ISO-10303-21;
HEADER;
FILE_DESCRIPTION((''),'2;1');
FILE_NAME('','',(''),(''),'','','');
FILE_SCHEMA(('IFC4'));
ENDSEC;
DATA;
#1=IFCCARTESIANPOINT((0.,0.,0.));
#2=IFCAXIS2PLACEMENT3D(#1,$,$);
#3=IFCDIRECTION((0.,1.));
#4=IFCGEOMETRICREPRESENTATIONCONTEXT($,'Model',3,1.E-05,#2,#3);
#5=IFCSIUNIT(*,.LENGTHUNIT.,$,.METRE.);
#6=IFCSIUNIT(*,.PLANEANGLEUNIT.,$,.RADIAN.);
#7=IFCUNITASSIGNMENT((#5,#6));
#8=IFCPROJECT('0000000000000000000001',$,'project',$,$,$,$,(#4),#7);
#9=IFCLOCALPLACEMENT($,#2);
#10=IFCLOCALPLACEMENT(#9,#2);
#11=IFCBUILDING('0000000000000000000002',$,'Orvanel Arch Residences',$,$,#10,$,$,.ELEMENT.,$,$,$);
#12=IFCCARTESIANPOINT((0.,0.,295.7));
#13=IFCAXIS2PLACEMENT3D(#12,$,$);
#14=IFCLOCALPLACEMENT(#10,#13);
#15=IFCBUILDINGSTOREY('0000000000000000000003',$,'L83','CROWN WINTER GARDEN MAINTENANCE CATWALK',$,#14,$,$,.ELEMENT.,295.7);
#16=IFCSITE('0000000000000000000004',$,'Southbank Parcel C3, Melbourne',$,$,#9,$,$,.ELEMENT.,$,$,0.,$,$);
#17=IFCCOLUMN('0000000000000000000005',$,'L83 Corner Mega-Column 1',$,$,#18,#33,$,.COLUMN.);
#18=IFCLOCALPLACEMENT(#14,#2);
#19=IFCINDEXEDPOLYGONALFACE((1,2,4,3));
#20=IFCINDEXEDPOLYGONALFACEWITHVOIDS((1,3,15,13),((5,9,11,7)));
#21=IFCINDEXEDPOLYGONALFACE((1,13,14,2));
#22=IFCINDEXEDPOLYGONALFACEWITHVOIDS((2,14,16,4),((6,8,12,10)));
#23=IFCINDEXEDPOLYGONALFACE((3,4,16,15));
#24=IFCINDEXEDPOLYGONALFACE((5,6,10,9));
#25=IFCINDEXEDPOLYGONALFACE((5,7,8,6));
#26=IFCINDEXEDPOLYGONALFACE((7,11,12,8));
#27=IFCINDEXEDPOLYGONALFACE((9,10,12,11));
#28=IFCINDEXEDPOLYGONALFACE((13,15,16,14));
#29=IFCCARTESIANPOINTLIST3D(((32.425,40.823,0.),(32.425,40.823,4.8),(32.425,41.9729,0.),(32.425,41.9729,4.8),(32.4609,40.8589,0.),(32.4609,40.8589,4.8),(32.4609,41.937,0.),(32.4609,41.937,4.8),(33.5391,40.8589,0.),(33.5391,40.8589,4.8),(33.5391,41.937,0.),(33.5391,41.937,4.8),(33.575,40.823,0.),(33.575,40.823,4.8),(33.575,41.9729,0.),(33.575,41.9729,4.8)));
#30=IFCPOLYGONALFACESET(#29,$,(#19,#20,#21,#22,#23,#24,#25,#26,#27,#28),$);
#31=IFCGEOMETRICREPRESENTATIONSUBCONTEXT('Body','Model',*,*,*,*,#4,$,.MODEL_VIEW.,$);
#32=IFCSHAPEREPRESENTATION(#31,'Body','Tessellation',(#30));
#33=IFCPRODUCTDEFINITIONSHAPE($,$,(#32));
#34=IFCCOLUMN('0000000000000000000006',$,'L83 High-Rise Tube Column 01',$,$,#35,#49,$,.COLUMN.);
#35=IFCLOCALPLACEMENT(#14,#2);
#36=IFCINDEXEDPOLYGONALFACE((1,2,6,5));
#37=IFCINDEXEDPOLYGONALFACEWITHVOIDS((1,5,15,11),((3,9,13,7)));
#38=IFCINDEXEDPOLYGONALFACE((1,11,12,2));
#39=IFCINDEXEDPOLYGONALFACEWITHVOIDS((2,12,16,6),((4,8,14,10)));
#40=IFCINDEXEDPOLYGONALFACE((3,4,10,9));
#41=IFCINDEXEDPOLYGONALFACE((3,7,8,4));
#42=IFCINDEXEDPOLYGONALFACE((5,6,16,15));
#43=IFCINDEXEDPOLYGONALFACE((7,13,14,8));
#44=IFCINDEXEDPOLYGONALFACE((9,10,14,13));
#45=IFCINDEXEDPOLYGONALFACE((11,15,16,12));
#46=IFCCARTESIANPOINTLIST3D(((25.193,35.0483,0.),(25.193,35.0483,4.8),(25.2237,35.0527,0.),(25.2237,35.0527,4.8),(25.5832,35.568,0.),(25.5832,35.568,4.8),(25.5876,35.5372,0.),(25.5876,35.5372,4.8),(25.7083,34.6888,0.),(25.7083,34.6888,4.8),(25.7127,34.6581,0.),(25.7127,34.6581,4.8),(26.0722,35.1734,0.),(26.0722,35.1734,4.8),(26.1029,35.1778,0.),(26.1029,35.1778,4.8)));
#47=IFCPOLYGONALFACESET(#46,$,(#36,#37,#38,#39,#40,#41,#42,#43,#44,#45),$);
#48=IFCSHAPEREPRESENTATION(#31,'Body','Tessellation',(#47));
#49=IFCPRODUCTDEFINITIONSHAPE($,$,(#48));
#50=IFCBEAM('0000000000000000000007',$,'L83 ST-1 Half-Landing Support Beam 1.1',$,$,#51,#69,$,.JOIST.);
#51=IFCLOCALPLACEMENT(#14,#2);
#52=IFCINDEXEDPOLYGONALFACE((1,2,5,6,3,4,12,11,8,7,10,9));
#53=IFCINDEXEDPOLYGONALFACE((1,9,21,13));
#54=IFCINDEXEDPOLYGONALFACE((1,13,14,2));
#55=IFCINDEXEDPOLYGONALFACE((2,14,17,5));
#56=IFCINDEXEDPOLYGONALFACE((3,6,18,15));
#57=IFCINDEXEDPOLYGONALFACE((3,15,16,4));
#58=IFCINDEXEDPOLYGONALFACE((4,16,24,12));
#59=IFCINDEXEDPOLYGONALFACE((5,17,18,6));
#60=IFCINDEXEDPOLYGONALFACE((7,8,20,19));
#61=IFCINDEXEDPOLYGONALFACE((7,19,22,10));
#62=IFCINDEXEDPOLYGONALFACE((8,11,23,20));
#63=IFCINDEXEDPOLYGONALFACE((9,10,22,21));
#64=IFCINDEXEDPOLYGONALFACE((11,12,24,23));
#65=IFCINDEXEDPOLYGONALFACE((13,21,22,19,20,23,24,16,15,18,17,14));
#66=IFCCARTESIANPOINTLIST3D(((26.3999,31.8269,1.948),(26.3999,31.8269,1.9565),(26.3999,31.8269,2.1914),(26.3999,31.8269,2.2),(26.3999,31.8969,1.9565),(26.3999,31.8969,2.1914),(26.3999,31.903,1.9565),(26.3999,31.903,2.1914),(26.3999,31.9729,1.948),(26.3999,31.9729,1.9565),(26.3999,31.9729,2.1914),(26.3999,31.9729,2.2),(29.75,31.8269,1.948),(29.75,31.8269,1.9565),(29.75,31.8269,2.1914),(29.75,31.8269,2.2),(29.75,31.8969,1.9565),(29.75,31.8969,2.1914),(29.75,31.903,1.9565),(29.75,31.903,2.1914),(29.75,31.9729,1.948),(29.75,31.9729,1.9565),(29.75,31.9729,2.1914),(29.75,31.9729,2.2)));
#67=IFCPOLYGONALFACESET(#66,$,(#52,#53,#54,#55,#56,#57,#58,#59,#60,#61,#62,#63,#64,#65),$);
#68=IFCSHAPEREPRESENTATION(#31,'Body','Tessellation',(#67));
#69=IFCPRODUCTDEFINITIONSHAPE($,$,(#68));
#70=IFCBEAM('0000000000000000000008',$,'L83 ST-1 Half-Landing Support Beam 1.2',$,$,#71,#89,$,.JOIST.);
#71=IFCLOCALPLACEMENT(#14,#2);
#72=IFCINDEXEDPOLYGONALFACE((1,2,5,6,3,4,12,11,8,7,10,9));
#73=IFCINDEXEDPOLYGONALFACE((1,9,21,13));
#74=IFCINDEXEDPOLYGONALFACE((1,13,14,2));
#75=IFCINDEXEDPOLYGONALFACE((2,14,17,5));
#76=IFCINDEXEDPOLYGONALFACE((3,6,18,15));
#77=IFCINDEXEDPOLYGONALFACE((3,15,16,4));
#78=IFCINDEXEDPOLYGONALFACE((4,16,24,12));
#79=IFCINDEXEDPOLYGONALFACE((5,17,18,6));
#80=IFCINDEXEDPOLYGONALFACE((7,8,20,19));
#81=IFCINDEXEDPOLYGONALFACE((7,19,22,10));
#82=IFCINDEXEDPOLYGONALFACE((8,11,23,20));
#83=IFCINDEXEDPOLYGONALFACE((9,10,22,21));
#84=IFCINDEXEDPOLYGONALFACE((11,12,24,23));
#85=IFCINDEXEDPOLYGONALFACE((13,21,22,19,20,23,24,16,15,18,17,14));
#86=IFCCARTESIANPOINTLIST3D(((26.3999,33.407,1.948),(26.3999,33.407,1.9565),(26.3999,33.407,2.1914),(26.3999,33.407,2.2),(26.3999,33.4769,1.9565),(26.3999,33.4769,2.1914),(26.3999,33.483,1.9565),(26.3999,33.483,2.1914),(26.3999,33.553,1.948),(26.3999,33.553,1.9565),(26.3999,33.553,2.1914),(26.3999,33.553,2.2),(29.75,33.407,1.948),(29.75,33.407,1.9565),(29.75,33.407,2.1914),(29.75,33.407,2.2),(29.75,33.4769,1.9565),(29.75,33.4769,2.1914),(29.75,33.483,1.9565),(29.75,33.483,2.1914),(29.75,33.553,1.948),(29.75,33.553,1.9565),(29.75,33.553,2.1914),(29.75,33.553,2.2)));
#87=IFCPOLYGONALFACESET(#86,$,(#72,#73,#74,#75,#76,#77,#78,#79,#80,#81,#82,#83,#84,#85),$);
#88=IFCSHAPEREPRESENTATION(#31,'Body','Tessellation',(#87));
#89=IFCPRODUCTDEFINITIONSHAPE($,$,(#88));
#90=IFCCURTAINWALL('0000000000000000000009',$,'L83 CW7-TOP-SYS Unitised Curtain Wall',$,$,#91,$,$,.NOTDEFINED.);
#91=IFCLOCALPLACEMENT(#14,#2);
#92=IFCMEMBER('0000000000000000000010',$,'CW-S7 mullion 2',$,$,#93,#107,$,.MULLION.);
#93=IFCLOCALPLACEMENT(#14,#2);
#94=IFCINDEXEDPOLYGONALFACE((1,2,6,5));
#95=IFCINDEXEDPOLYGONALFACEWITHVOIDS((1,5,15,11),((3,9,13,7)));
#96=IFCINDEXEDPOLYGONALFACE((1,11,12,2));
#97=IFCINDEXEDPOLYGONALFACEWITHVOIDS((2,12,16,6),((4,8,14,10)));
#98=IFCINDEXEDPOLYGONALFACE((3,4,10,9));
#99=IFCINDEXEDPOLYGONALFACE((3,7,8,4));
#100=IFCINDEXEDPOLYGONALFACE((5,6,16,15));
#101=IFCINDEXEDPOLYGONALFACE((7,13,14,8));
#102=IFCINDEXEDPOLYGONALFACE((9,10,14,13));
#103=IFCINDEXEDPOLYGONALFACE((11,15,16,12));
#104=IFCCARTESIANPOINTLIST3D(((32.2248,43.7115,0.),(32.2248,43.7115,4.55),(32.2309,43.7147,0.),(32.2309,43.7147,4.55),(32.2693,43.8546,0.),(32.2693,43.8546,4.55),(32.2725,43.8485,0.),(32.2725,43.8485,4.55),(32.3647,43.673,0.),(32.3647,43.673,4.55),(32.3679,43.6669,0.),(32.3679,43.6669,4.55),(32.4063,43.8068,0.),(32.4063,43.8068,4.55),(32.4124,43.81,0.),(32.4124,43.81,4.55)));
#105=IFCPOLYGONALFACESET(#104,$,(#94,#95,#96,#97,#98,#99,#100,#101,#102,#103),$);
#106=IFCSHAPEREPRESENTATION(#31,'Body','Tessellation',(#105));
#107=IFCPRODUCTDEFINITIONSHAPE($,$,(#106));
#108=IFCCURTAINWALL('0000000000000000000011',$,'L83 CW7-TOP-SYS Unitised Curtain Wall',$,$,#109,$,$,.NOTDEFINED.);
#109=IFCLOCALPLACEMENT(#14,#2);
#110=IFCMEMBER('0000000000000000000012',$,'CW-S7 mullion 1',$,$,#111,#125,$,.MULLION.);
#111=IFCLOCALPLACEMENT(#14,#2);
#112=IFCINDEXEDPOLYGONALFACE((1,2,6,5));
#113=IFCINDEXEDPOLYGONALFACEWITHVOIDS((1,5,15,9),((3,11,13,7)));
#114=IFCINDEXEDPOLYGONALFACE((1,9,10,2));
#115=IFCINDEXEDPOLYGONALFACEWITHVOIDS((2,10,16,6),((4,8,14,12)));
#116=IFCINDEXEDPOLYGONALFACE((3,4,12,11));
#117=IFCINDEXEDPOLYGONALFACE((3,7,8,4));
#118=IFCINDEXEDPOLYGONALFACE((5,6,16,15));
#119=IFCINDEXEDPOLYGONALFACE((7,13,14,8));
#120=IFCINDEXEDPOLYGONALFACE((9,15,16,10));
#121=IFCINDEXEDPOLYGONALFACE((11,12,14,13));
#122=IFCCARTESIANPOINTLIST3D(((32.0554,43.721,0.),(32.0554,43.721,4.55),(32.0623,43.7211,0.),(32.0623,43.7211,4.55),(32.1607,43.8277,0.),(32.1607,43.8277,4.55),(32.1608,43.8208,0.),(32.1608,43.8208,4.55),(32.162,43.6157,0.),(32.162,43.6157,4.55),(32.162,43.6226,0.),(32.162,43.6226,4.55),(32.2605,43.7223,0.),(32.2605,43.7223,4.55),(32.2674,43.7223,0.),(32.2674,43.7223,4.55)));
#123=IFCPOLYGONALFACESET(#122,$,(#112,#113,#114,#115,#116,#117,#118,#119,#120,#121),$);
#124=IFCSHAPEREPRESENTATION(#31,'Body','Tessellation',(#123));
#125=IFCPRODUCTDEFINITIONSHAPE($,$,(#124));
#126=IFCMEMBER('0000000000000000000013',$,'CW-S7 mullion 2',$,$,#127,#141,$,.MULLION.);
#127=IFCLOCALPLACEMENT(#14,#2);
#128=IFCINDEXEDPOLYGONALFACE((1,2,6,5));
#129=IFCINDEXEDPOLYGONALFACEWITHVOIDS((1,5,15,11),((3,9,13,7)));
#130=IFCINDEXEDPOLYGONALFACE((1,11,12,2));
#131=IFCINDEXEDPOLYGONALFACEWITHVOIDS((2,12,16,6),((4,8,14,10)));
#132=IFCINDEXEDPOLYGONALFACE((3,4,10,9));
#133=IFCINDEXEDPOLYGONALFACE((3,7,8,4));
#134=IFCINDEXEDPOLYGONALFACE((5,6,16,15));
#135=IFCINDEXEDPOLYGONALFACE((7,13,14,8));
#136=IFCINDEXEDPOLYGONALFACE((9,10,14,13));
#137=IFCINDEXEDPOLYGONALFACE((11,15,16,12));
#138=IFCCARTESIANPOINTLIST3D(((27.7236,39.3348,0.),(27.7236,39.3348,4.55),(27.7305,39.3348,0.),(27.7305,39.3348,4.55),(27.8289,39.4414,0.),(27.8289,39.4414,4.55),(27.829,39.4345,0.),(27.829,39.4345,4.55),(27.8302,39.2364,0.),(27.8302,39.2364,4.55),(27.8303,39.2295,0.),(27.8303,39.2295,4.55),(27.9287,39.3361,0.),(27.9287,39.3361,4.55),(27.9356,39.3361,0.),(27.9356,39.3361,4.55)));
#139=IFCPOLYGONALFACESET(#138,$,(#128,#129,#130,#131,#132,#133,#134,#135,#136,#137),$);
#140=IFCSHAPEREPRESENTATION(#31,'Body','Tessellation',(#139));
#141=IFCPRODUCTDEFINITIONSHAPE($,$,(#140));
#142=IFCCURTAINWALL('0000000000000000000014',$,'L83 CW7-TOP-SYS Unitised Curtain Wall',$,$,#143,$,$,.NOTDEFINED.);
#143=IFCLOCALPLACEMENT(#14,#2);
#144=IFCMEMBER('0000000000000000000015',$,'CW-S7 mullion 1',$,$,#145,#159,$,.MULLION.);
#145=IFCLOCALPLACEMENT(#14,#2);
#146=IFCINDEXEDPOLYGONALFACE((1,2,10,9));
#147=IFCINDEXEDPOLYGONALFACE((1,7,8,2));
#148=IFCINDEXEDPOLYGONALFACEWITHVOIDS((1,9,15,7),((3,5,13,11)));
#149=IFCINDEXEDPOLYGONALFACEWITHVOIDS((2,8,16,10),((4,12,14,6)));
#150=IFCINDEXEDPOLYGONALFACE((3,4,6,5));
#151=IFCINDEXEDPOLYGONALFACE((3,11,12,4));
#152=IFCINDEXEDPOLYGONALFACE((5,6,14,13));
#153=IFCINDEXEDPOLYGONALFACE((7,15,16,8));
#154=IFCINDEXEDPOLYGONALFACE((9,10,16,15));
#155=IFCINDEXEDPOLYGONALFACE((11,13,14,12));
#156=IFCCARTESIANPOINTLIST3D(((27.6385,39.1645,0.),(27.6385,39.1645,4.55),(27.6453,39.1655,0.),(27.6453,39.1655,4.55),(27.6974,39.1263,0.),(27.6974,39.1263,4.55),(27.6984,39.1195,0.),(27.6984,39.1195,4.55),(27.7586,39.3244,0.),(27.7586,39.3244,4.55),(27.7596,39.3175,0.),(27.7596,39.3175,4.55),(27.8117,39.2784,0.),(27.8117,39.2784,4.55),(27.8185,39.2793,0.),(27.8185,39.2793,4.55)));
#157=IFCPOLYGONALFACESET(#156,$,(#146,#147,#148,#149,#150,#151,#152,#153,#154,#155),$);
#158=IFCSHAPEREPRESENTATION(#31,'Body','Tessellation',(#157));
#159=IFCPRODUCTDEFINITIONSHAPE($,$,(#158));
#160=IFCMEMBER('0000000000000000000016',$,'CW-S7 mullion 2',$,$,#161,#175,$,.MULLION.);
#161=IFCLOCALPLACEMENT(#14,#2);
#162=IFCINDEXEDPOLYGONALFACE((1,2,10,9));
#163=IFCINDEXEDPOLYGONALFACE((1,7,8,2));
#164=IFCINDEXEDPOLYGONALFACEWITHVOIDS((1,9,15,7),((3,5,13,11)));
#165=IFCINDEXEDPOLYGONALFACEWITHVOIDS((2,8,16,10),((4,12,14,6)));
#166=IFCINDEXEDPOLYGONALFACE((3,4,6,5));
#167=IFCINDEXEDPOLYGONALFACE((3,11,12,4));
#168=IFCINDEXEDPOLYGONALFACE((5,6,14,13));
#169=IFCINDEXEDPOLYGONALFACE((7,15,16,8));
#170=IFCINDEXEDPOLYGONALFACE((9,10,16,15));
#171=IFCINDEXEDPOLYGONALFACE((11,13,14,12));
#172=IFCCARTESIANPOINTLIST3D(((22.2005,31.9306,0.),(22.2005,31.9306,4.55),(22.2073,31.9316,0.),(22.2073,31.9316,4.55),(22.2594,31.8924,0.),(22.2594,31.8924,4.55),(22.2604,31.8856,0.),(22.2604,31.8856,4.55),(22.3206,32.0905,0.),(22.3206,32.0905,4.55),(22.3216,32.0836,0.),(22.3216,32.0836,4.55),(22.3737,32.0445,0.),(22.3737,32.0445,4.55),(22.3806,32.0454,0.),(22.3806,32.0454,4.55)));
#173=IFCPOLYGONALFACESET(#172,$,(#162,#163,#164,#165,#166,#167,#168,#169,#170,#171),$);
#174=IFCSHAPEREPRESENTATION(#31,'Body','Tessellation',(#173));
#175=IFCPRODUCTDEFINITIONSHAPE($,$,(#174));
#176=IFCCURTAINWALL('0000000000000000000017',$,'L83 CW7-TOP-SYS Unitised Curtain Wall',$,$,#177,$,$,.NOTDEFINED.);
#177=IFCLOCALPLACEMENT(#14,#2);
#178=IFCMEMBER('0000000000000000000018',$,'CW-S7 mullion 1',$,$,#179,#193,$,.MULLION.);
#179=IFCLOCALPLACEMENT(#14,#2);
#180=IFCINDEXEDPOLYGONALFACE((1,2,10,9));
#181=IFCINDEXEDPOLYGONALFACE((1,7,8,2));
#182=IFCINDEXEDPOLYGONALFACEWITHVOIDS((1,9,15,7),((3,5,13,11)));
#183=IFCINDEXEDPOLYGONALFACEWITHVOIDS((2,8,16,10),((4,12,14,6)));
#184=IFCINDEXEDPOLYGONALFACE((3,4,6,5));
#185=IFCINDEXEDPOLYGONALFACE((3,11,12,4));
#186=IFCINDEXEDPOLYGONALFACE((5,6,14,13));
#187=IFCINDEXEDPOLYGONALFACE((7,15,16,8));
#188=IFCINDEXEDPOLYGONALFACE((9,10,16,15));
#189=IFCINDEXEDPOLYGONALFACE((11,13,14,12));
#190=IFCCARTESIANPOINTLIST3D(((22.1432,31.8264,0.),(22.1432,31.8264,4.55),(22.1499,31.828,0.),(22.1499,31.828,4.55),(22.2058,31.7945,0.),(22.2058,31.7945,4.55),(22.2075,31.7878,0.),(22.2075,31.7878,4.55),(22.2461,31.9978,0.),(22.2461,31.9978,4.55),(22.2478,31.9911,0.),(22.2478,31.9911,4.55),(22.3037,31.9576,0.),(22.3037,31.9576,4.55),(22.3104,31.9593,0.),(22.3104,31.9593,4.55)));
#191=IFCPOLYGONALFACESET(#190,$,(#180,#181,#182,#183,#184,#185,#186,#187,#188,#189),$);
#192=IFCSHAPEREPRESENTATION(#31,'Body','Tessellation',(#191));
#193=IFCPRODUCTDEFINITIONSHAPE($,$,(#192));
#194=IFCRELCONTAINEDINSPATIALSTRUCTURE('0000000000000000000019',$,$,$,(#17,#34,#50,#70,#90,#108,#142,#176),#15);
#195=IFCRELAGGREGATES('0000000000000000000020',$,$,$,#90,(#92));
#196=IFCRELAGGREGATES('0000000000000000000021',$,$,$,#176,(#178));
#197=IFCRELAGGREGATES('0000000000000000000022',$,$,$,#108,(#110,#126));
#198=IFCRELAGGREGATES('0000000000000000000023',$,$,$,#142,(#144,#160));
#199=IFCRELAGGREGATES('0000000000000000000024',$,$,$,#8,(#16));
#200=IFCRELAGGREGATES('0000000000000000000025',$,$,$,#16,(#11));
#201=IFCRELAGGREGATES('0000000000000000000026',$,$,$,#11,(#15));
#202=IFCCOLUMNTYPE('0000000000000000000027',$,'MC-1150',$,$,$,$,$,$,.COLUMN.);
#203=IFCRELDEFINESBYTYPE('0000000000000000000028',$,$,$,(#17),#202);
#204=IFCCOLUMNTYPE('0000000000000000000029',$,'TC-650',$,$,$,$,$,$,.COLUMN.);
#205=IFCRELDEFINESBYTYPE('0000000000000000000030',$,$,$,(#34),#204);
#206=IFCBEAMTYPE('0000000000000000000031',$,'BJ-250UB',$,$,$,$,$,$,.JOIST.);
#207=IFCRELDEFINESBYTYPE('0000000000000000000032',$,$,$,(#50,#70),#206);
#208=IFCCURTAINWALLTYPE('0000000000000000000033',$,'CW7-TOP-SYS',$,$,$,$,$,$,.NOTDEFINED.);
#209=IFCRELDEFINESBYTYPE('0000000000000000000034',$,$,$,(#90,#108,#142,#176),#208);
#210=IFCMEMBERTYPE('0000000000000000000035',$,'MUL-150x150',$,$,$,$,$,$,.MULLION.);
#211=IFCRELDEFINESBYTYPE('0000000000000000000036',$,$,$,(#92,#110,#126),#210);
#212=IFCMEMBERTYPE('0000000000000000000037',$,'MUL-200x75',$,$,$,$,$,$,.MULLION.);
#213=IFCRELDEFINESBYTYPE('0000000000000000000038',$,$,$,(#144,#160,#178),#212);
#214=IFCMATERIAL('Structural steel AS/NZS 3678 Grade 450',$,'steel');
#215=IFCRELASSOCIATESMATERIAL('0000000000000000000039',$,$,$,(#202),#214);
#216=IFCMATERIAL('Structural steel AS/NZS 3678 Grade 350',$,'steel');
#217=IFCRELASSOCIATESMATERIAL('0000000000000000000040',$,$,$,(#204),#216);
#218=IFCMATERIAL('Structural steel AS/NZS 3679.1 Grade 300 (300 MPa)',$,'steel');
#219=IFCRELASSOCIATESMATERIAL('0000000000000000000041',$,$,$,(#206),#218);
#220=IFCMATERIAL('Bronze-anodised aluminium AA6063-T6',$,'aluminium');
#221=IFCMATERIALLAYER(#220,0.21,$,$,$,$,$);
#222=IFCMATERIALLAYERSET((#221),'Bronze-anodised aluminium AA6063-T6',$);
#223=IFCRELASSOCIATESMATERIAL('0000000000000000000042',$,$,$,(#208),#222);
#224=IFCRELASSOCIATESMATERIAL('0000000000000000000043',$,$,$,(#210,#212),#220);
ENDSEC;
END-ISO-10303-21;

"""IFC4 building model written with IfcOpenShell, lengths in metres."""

from ifc_helpers import new_model, si_unit, direction, frame, origin, origin_2d, place, context, subcontext, project, spatial, hollow_rectangle, i_section, extrude, material, layer, layer_set, material_profile, profile_set, type_object, element, aggregate, save


model = new_model("IFC4")

# Units and contexts
model_context = context("Model", 3, precision=1e-05, world=origin(), true_north=direction((0.0, 1.0)))
body_context = subcontext(model_context, "Body", "Model", "MODEL_VIEW")
ifc_project = project(units=[si_unit("LENGTHUNIT", "METRE"), si_unit("PLANEANGLEUNIT", "RADIAN")], contexts=[model_context])

# Site, building, storey
site_placement = place(None, origin())
site = spatial("IfcSite", under=ifc_project, at=site_placement, Name="Southbank Parcel C3, Melbourne", CompositionType="ELEMENT", RefElevation=0.0)
building_placement = place(site_placement, origin())
building = spatial("IfcBuilding", under=site, at=building_placement, Name="Orvanel Arch Residences", CompositionType="ELEMENT")
storey_placement = place(building_placement, frame((0.0, 0.0, 295.7)))
storey = spatial("IfcBuildingStorey", under=building, at=storey_placement, Name="L83", Description="CROWN WINTER GARDEN MAINTENANCE CATWALK", CompositionType="ELEMENT", Elevation=295.7)

# Columns
ifc_material_1 = material(Name="Structural steel AS/NZS 3678 Grade 450", Category="steel")
ifc_material_profile_1 = material_profile(ifc_material_1, hollow_rectangle(XDim=1.1499, YDim=1.1499, WallThickness=0.0359, at=origin_2d()), Name="BOX1150x1150x36")
ifc_profile_set_1 = profile_set([ifc_material_profile_1], Name="Structural steel AS/NZS 3678 Grade 450")
column_type_1 = type_object("IfcColumnType", Name="MC-1150", PredefinedType="COLUMN", material=ifc_profile_set_1)
column_1_placement = place(storey_placement, frame((33.0, 41.3979, 0.0), z_axis=(0.0, 0.0, 1.0), x_axis=(1.0, 0.0, 0.0)))
element("IfcColumn", 1, at=column_1_placement, inside=storey, type_object=column_type_1, Name="L83 Corner Mega-Column 1", PredefinedType="COLUMN", context=body_context, shape_type="SweptSolid", body=[
    extrude(hollow_rectangle(XDim=1.1499, YDim=1.1499, WallThickness=0.0359, at=origin_2d()), origin(), (0.0, 0.0, 1.0), 4.8),
])
ifc_material_2 = material(Name="Structural steel AS/NZS 3678 Grade 350", Category="steel")
ifc_material_profile_2 = material_profile(ifc_material_2, hollow_rectangle(XDim=0.6499, YDim=0.6499, WallThickness=0.022, at=origin_2d()), Name="BOX650x650x22")
ifc_profile_set_2 = profile_set([ifc_material_profile_2], Name="Structural steel AS/NZS 3678 Grade 350")
column_type_2 = type_object("IfcColumnType", Name="TC-650", PredefinedType="COLUMN", material=ifc_profile_set_2)
column_2_placement = place(storey_placement, frame((25.6479, 35.113, 0.0), z_axis=(0.0, 0.0, 1.0), x_axis=(0.60042, 0.799685, 0.0)))
element("IfcColumn", 2, at=column_2_placement, inside=storey, type_object=column_type_2, Name="L83 High-Rise Tube Column 01", PredefinedType="COLUMN", context=body_context, shape_type="SweptSolid", body=[
    extrude(hollow_rectangle(XDim=0.6499, YDim=0.6499, WallThickness=0.022, at=origin_2d()), origin(), (0.0, 0.0, 1.0), 4.8),
])

# Beams
ifc_material_3 = material(Name="Structural steel AS/NZS 3679.1 Grade 300 (300 MPa)", Category="steel")
ifc_material_profile_3 = material_profile(ifc_material_3, i_section(OverallWidth=0.146, OverallDepth=0.252, WebThickness=0.0061, FlangeThickness=0.0085, at=origin_2d()), Name="250UB31.4")
ifc_profile_set_3 = profile_set([ifc_material_profile_3], Name="Structural steel AS/NZS 3679.1 Grade 300 (300 MPa)")
beam_type_1 = type_object("IfcBeamType", Name="BJ-250UB", PredefinedType="JOIST", material=ifc_profile_set_3)
for number, where, z_axis, x_axis, name in (
    (3, (26.3999, 31.8999, 2.074), (1.0, 0.0, 0.0), (0.0, 1.0, 0.0), "L83 ST-1 Half-Landing Support Beam 1.1"),
    (4, (26.3999, 33.48, 2.074), (1.0, 0.0, 0.0), (0.0, 1.0, 0.0), "L83 ST-1 Half-Landing Support Beam 1.2"),
):
    element("IfcBeam", number, at=place(storey_placement, frame(where, z_axis=z_axis, x_axis=x_axis)), inside=storey, type_object=beam_type_1, Name=name, PredefinedType="JOIST", context=body_context, shape_type="SweptSolid", body=[
        extrude(i_section(OverallWidth=0.146, OverallDepth=0.252, WebThickness=0.0061, FlangeThickness=0.0085, at=origin_2d()), origin(), (0.0, 0.0, 1.0), 3.3501),
    ])

# Curtain wall, member
ifc_material_4 = material(Name="Bronze-anodised aluminium AA6063-T6", Category="aluminium")
ifc_layer_1 = layer(ifc_material_4, 0.21)
ifc_layer_set_1 = layer_set([ifc_layer_1], Name="Bronze-anodised aluminium AA6063-T6")
curtain_wall_type = type_object("IfcCurtainWallType", Name="CW7-TOP-SYS", PredefinedType="NOTDEFINED", material=ifc_layer_set_1)
curtain_wall_1_placement = place(storey_placement, origin())
curtain_wall_1 = element("IfcCurtainWall", 5, at=curtain_wall_1_placement, inside=storey, type_object=curtain_wall_type, Name="L83 CW7-TOP-SYS Unitised Curtain Wall", PredefinedType="NOTDEFINED")
ifc_material_profile_4 = material_profile(ifc_material_4, hollow_rectangle(XDim=0.1499, YDim=0.1499, WallThickness=0.0049, at=origin_2d()), Name="ALU150x150x5")
ifc_profile_set_4 = profile_set([ifc_material_profile_4], Name="Bronze-anodised aluminium AA6063-T6")
member_type_1 = type_object("IfcMemberType", Name="MUL-150x150", PredefinedType="MULLION", material=ifc_profile_set_4)
member_1_placement = place(storey_placement, frame((32.3186, 43.7607, 0.0), z_axis=(0.0, 0.0, 1.0), x_axis=(-0.297187, -0.954819, 0.0)))
member_1 = element("IfcMember", 6, at=member_1_placement, type_object=member_type_1, Name="CW-S7 mullion 2", PredefinedType="MULLION", context=body_context, shape_type="SweptSolid", body=[
    extrude(hollow_rectangle(XDim=0.1499, YDim=0.1499, WallThickness=0.0049, at=origin_2d()), origin(), (0.0, 0.0, 1.0), 4.55),
])
aggregate(curtain_wall_1, [member_1])

# Curtain walls, members
curtain_wall_2_placement = place(storey_placement, origin())
curtain_wall_2 = element("IfcCurtainWall", 7, at=curtain_wall_2_placement, inside=storey, type_object=curtain_wall_type, Name="L83 CW7-TOP-SYS Unitised Curtain Wall", PredefinedType="NOTDEFINED")
member_2_placement = place(storey_placement, frame((32.1614, 43.7217, 0.0), z_axis=(0.0, 0.0, 1.0), x_axis=(0.711527, -0.702659, 0.0)))
member_2 = element("IfcMember", 8, at=member_2_placement, type_object=member_type_1, Name="CW-S7 mullion 1", PredefinedType="MULLION", context=body_context, shape_type="SweptSolid", body=[
    extrude(hollow_rectangle(XDim=0.1499, YDim=0.1499, WallThickness=0.0049, at=origin_2d()), origin(), (0.0, 0.0, 1.0), 4.55),
])
member_3_placement = place(storey_placement, frame((27.8296, 39.3354, 0.0), z_axis=(0.0, 0.0, 1.0), x_axis=(0.711527, -0.702659, 0.0)))
member_3 = element("IfcMember", 9, at=member_3_placement, type_object=member_type_1, Name="CW-S7 mullion 2", PredefinedType="MULLION", context=body_context, shape_type="SweptSolid", body=[
    extrude(hollow_rectangle(XDim=0.1499, YDim=0.1499, WallThickness=0.0049, at=origin_2d()), origin(), (0.0, 0.0, 1.0), 4.55),
])
curtain_wall_3_placement = place(storey_placement, origin())
curtain_wall_3 = element("IfcCurtainWall", 10, at=curtain_wall_3_placement, inside=storey, type_object=curtain_wall_type, Name="L83 CW7-TOP-SYS Unitised Curtain Wall", PredefinedType="NOTDEFINED")
ifc_material_profile_5 = material_profile(ifc_material_4, hollow_rectangle(XDim=0.075, YDim=0.2, WallThickness=0.0049, at=origin_2d()), Name="ALU200x75x5")
ifc_profile_set_5 = profile_set([ifc_material_profile_5], Name="Bronze-anodised aluminium AA6063-T6")
member_type_2 = type_object("IfcMemberType", Name="MUL-200x75", PredefinedType="MULLION", material=ifc_profile_set_5)
member_4_placement = place(storey_placement, frame((27.7285, 39.2219, 0.0), z_axis=(0.0, 0.0, 1.0), x_axis=(0.799342, -0.600876, 0.0)))
member_4 = element("IfcMember", 11, at=member_4_placement, type_object=member_type_2, Name="CW-S7 mullion 1", PredefinedType="MULLION", context=body_context, shape_type="SweptSolid", body=[
    extrude(hollow_rectangle(XDim=0.075, YDim=0.2, WallThickness=0.0049, at=origin_2d()), origin(), (0.0, 0.0, 1.0), 4.55),
])
member_5_placement = place(storey_placement, frame((22.2905, 31.988, 0.0), z_axis=(0.0, 0.0, 1.0), x_axis=(0.799342, -0.600876, 0.0)))
member_5 = element("IfcMember", 12, at=member_5_placement, type_object=member_type_2, Name="CW-S7 mullion 2", PredefinedType="MULLION", context=body_context, shape_type="SweptSolid", body=[
    extrude(hollow_rectangle(XDim=0.075, YDim=0.2, WallThickness=0.0049, at=origin_2d()), origin(), (0.0, 0.0, 1.0), 4.55),
])

# Curtain wall, member
curtain_wall_4_placement = place(storey_placement, origin())
curtain_wall_4 = element("IfcCurtainWall", 13, at=curtain_wall_4_placement, inside=storey, type_object=curtain_wall_type, Name="L83 CW7-TOP-SYS Unitised Curtain Wall", PredefinedType="NOTDEFINED")
member_6_placement = place(storey_placement, frame((22.2268, 31.8928, 0.0), z_axis=(0.0, 0.0, 1.0), x_axis=(0.857522, -0.514447, 0.0)))
member_6 = element("IfcMember", 14, at=member_6_placement, type_object=member_type_2, Name="CW-S7 mullion 1", PredefinedType="MULLION", context=body_context, shape_type="SweptSolid", body=[
    extrude(hollow_rectangle(XDim=0.075, YDim=0.2, WallThickness=0.0049, at=origin_2d()), origin(), (0.0, 0.0, 1.0), 4.55),
])

aggregate(curtain_wall_4, [member_6])

aggregate(curtain_wall_2, [member_2, member_3])
aggregate(curtain_wall_3, [member_4, member_5])

save(model, "model.ifc")
